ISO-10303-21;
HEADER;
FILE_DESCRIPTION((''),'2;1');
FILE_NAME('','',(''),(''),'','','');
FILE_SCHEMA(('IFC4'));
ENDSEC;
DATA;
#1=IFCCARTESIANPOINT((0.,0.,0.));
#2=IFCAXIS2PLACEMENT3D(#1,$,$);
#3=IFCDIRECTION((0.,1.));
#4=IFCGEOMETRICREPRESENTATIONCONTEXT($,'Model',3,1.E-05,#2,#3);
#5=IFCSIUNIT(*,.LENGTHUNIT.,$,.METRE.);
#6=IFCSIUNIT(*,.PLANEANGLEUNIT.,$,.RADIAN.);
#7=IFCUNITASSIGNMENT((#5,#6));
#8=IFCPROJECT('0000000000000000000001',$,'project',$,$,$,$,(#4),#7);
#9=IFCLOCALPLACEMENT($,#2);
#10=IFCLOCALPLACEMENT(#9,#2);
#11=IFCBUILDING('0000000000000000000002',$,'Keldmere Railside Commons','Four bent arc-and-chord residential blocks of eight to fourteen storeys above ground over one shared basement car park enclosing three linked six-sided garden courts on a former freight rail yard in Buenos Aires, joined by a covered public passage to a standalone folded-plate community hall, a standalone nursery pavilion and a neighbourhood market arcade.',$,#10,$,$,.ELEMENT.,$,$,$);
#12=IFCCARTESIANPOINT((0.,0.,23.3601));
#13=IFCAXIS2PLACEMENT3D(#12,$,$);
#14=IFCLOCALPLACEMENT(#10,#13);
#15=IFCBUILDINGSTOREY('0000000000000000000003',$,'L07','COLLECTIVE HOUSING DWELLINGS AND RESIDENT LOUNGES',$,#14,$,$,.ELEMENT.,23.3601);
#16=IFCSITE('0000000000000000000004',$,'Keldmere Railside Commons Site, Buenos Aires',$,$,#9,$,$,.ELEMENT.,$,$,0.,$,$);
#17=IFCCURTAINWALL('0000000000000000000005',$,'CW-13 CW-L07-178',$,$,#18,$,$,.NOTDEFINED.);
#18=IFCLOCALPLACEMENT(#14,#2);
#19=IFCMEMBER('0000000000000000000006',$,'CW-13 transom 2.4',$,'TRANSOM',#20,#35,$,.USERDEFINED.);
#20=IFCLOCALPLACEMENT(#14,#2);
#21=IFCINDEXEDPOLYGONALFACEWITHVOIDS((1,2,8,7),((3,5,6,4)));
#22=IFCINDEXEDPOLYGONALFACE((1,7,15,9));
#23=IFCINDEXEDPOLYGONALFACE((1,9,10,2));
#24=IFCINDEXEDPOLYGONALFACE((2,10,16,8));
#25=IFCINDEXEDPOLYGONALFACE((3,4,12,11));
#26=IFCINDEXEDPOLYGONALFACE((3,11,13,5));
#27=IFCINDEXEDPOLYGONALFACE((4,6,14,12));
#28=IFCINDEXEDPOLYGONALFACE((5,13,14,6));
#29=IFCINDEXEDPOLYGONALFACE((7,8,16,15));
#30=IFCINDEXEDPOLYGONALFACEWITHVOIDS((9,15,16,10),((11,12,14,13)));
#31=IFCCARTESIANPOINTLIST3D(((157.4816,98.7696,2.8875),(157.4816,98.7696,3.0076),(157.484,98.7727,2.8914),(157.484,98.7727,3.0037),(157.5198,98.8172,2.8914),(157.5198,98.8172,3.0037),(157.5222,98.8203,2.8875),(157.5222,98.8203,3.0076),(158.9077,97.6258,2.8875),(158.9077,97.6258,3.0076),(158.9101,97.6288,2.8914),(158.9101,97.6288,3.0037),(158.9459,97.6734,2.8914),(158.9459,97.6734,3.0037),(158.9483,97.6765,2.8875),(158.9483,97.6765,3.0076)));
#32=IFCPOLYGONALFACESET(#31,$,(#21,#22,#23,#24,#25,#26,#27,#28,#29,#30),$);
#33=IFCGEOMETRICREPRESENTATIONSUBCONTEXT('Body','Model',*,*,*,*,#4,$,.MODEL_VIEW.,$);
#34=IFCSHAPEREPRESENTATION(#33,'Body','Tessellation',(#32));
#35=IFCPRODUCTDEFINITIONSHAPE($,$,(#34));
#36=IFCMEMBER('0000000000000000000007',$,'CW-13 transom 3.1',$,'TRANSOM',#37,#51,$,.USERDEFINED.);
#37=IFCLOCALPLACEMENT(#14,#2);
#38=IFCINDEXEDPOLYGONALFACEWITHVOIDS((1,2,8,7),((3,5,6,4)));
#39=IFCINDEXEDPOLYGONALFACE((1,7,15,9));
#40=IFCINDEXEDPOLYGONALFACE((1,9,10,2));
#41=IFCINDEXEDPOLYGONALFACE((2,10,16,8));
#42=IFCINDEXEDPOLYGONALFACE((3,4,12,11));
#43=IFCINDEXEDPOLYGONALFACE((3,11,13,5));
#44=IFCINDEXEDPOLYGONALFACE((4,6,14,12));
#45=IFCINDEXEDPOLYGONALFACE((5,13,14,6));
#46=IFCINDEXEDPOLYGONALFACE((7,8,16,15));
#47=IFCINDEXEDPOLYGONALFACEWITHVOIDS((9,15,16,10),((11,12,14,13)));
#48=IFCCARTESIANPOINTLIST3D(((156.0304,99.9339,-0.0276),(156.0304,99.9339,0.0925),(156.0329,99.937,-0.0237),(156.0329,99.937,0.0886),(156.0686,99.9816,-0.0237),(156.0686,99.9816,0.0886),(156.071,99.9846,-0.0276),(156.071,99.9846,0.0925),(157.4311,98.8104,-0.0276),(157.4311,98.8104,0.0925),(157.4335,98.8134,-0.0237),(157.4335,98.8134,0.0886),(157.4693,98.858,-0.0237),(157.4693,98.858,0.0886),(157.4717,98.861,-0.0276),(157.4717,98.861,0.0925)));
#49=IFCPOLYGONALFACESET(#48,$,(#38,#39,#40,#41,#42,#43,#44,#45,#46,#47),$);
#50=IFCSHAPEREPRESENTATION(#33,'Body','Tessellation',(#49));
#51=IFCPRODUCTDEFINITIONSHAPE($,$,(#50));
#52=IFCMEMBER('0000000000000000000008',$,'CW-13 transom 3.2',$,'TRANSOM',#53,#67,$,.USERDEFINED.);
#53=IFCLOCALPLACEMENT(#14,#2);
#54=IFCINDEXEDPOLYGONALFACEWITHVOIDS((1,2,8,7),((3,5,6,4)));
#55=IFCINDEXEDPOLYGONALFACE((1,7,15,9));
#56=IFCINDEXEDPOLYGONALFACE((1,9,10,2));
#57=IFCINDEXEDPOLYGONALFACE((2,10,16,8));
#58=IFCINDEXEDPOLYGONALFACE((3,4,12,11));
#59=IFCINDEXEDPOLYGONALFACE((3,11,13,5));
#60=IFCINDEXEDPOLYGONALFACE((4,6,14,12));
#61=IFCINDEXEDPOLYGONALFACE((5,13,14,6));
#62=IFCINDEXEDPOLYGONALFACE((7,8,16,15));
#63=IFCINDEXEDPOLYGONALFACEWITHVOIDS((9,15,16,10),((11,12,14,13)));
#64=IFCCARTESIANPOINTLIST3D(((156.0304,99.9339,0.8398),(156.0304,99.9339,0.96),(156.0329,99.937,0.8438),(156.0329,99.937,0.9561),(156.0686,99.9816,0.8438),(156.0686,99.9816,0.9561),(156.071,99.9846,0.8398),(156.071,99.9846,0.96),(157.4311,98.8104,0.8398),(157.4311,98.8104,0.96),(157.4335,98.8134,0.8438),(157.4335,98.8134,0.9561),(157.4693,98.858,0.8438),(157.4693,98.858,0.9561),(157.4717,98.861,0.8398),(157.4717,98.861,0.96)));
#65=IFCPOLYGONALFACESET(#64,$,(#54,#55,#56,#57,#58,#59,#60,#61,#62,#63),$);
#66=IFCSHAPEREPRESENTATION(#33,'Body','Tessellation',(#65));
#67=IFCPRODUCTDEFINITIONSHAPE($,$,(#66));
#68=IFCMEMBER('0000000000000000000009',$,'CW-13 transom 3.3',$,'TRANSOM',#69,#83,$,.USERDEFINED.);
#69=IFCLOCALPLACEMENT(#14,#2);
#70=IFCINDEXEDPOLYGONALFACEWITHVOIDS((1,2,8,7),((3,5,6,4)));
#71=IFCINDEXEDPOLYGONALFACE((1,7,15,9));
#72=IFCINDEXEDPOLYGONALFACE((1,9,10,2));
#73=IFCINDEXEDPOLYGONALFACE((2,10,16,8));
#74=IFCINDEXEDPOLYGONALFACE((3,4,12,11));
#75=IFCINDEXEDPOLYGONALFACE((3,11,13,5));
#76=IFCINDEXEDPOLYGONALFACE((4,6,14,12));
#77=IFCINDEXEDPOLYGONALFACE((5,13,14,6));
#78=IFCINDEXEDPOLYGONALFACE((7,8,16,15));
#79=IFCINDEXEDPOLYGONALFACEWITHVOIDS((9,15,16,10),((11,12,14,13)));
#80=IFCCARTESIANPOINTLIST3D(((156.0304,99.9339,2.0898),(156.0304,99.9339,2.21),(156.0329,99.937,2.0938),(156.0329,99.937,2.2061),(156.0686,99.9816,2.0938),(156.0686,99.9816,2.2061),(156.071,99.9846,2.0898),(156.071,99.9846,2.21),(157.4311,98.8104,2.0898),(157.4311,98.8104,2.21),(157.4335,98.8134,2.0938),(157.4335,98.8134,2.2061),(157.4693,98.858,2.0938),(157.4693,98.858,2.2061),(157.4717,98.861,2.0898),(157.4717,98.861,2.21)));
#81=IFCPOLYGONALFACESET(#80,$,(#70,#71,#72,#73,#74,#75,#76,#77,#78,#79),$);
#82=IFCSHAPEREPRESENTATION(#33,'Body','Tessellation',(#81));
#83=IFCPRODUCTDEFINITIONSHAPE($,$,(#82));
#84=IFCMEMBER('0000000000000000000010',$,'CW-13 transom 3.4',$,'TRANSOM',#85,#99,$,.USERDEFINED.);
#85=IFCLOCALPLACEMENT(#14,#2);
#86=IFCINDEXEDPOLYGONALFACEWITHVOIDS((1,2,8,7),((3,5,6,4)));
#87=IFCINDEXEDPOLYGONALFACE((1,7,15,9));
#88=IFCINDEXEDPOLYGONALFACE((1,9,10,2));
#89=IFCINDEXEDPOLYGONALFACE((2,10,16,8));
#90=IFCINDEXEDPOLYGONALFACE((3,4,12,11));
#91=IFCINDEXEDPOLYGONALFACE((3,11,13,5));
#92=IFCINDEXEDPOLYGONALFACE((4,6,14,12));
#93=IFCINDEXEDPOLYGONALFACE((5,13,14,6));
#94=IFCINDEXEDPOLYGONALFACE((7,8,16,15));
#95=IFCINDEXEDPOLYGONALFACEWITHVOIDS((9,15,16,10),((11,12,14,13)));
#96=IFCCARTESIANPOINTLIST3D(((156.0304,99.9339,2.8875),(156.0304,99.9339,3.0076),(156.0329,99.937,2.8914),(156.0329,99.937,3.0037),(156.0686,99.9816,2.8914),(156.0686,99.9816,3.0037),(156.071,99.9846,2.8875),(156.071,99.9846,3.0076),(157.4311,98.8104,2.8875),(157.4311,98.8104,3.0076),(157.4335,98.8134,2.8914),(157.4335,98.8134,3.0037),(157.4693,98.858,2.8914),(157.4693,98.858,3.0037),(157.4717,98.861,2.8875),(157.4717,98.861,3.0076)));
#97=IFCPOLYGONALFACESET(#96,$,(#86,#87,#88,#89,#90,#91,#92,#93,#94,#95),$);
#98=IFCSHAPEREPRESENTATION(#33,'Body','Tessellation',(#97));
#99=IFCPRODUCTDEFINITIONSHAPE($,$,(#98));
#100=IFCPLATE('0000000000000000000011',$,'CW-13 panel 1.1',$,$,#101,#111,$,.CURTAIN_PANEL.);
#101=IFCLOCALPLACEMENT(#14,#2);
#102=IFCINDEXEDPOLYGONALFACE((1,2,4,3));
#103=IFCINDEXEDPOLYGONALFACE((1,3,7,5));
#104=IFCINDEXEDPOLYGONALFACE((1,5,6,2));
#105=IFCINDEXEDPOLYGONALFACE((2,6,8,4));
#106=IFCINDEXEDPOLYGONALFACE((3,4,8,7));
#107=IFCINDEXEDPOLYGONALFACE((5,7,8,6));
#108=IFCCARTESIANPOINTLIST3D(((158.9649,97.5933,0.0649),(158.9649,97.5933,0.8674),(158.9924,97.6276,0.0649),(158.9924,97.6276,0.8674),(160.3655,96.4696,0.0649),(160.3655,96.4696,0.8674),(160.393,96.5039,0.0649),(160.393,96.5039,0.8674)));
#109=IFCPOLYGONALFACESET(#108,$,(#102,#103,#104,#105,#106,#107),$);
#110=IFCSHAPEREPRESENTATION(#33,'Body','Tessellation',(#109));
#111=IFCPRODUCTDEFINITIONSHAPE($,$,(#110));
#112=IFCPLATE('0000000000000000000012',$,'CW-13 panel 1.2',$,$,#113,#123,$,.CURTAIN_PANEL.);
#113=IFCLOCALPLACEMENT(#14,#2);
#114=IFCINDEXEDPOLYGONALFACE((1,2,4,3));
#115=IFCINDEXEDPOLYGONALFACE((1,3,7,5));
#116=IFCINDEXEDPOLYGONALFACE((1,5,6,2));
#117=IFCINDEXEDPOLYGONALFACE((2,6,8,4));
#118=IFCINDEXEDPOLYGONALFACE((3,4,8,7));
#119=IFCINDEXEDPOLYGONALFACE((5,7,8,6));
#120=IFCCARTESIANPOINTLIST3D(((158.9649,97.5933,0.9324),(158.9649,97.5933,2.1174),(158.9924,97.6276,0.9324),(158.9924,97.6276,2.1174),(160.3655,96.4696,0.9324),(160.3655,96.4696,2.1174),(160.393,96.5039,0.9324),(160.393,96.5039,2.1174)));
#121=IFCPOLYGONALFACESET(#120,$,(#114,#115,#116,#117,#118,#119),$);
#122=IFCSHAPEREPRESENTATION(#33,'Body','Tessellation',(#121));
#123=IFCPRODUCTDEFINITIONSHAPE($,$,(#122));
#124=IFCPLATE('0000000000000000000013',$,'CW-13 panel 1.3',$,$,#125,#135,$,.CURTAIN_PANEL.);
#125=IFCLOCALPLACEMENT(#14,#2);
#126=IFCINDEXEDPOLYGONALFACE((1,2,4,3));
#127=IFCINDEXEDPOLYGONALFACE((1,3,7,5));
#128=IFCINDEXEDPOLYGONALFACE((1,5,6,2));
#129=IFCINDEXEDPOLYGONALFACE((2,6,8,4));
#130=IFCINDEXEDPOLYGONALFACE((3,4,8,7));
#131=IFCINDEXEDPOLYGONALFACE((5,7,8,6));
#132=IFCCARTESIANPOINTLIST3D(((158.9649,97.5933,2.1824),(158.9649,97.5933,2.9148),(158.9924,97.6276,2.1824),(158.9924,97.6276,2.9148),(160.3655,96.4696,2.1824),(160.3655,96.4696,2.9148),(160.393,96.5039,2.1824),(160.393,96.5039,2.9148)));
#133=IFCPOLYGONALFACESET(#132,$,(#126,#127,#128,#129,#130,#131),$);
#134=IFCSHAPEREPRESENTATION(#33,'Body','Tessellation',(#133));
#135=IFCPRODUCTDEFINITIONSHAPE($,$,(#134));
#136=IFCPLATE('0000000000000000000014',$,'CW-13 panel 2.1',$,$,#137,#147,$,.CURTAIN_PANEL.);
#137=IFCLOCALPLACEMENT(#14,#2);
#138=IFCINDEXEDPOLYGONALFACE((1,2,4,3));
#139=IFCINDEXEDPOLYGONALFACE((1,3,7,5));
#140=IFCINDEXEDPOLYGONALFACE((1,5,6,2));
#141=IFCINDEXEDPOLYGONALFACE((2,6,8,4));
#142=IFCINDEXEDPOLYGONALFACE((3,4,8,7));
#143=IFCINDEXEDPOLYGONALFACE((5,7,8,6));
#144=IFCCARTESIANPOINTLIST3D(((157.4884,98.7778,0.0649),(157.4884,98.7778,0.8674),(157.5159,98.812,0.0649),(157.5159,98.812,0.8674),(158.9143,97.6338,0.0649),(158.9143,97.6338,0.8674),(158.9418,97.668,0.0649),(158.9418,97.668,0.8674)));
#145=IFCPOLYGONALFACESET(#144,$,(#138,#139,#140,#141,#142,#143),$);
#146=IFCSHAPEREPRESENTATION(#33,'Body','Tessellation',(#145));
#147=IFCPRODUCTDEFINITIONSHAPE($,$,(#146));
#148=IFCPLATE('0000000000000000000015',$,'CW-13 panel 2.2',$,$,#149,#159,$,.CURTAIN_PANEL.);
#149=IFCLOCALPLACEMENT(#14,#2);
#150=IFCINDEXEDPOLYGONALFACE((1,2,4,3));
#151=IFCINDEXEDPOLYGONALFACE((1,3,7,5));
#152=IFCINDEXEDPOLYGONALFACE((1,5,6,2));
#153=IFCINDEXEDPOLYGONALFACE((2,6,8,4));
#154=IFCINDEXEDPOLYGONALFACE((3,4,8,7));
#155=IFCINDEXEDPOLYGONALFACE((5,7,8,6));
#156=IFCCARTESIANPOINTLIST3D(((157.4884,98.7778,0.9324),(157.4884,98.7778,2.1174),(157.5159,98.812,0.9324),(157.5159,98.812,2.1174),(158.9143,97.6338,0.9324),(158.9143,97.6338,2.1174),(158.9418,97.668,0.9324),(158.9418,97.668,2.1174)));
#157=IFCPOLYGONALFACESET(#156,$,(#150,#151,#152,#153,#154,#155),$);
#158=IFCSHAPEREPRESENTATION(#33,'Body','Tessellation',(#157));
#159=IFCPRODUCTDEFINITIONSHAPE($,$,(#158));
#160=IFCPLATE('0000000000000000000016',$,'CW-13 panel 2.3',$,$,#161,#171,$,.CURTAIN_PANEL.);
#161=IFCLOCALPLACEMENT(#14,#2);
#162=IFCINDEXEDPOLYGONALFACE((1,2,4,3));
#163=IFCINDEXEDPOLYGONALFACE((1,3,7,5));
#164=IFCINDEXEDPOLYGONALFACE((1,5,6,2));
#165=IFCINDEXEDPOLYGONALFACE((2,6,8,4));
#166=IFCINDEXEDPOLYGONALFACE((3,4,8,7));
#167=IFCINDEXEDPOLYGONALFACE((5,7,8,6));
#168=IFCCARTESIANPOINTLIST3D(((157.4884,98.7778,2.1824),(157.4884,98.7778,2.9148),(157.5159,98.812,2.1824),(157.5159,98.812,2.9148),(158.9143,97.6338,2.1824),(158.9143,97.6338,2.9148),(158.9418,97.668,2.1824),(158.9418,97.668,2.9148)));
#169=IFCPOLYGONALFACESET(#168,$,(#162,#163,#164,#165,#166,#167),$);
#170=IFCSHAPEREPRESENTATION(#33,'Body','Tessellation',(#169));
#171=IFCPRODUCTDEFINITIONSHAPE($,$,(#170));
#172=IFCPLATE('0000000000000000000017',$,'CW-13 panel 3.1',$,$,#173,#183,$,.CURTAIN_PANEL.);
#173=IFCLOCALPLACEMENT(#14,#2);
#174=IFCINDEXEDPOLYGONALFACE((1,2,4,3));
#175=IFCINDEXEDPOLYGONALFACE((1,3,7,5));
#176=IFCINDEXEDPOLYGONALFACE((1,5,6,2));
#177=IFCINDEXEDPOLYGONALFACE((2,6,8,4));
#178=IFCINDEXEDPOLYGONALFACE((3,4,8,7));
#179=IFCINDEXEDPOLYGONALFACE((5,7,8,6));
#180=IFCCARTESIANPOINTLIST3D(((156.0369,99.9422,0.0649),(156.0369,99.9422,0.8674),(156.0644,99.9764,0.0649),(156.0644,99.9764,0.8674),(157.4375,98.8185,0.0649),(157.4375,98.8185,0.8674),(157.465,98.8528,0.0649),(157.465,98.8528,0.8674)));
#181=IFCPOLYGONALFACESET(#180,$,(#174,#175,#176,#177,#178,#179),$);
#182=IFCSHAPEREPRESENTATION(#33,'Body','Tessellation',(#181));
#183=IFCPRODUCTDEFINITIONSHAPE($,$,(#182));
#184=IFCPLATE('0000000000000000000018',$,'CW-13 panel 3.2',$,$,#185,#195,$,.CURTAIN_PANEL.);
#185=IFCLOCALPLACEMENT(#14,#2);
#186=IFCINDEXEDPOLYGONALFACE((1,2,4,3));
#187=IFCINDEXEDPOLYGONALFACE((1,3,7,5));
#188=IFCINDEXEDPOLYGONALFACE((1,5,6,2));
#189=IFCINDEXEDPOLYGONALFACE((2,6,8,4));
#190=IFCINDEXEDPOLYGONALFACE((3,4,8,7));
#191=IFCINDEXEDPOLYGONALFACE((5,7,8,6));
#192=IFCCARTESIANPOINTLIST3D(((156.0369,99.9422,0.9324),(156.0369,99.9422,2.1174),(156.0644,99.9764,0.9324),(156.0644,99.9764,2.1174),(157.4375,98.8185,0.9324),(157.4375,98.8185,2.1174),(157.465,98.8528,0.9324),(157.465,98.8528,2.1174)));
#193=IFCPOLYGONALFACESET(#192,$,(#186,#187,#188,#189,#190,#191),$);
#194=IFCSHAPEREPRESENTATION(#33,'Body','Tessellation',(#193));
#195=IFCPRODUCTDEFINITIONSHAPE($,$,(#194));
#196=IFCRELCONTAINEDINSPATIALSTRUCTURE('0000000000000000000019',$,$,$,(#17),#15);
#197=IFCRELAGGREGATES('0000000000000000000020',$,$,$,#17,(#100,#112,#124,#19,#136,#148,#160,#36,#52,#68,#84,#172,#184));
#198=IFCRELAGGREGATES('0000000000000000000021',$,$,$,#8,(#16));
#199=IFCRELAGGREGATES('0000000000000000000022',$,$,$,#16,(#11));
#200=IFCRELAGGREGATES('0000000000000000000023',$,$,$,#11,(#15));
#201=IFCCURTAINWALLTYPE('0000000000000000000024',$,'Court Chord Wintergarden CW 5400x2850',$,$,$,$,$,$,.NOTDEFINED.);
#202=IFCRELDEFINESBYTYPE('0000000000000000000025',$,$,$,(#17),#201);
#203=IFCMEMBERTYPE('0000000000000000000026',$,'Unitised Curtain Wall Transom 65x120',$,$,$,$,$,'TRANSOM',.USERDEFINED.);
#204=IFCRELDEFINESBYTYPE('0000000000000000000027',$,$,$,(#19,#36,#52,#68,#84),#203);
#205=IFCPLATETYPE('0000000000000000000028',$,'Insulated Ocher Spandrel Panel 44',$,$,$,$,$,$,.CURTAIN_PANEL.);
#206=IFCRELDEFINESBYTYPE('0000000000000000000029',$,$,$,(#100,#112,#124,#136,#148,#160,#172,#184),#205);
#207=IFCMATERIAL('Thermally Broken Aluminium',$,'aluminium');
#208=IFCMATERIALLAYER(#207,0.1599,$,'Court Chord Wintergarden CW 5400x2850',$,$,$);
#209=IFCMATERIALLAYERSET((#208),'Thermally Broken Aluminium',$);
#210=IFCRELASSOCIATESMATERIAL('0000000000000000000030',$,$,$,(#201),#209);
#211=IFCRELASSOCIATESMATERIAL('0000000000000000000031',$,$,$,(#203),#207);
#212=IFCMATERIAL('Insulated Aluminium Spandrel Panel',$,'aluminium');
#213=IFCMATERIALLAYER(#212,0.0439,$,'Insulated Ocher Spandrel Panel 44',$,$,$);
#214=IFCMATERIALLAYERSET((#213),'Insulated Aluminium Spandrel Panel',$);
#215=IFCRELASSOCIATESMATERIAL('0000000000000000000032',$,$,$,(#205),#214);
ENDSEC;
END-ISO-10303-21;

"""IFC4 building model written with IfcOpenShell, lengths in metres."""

from ifc_helpers import new_model, si_unit, direction, frame, origin, origin_2d, place, context, subcontext, project, spatial, rectangle, hollow_rectangle, extrude, material, layer, layer_set, material_profile, profile_set, type_object, element, aggregate, save


model = new_model("IFC4")

# Units and contexts
model_context = context("Model", 3, precision=1e-05, world=origin(), true_north=direction((0.0, 1.0)))
body_context = subcontext(model_context, "Body", "Model", "MODEL_VIEW")
ifc_project = project(units=[si_unit("LENGTHUNIT", "METRE"), si_unit("PLANEANGLEUNIT", "RADIAN")], contexts=[model_context])

# Site, building, storey
site_placement = place(None, origin())
site = spatial("IfcSite", under=ifc_project, at=site_placement, Name="Keldmere Railside Commons Site, Buenos Aires", CompositionType="ELEMENT", RefElevation=0.0)
building_placement = place(site_placement, origin())
building = spatial("IfcBuilding", under=site, at=building_placement, Name="Keldmere Railside Commons", Description="Four bent arc-and-chord residential blocks of eight to fourteen storeys above ground over one shared basement car park enclosing three linked six-sided garden courts on a former freight rail yard in Buenos Aires, joined by a covered public passage to a standalone folded-plate community hall, a standalone nursery pavilion and a neighbourhood market arcade.", CompositionType="ELEMENT")
storey_placement = place(building_placement, frame((0.0, 0.0, 23.3601)))
storey = spatial("IfcBuildingStorey", under=building, at=storey_placement, Name="L07", Description="COLLECTIVE HOUSING DWELLINGS AND RESIDENT LOUNGES", CompositionType="ELEMENT", Elevation=23.3601)

# Curtain wall, members, plates
ifc_material_1 = material(Name="Thermally Broken Aluminium", Category="aluminium")
ifc_layer_1 = layer(ifc_material_1, 0.1599, Name="Court Chord Wintergarden CW 5400x2850")
ifc_layer_set_1 = layer_set([ifc_layer_1], Name="Thermally Broken Aluminium")
curtain_wall_type = type_object("IfcCurtainWallType", Name="Court Chord Wintergarden CW 5400x2850", PredefinedType="NOTDEFINED", material=ifc_layer_set_1)
curtain_wall_placement = place(storey_placement, origin())
curtain_wall = element("IfcCurtainWall", 1, at=curtain_wall_placement, inside=storey, type_object=curtain_wall_type, Name="CW-13 CW-L07-178", PredefinedType="NOTDEFINED")
ifc_material_profile_1 = material_profile(ifc_material_1, hollow_rectangle(XDim=0.0649, YDim=0.1201, WallThickness=0.0039, at=origin_2d()), Name="ALU-TRAN-65x120")
ifc_profile_set_1 = profile_set([ifc_material_profile_1], Name="Thermally Broken Aluminium")
member_type_1 = type_object("IfcMemberType", Name="Unitised Curtain Wall Transom 65x120", ElementType="TRANSOM", PredefinedType="USERDEFINED", material=ifc_profile_set_1)
member_1_placement = place(storey_placement, frame((158.928, 97.6511, 2.9475), z_axis=(-0.780073, 0.625688, 0.0), x_axis=(-0.625688, -0.780073, 0.0)))
member_1 = element("IfcMember", 2, at=member_1_placement, type_object=member_type_1, Name="CW-13 transom 2.4", ObjectType="TRANSOM", PredefinedType="USERDEFINED", context=body_context, shape_type="SweptSolid", body=[
    extrude(hollow_rectangle(XDim=0.0649, YDim=0.1201, WallThickness=0.0039, at=origin_2d()), origin(), (0.0, 0.0, 1.0), 1.8281),
])
member_2_placement = place(storey_placement, frame((157.4514, 98.8357, 0.0325), z_axis=(-0.780046, 0.625723, 0.0), x_axis=(-0.625723, -0.780046, 0.0)))
member_2 = element("IfcMember", 3, at=member_2_placement, type_object=member_type_1, Name="CW-13 transom 3.1", ObjectType="TRANSOM", PredefinedType="USERDEFINED", context=body_context, shape_type="SweptSolid", body=[
    extrude(hollow_rectangle(XDim=0.0649, YDim=0.1201, WallThickness=0.0039, at=origin_2d()), origin(), (0.0, 0.0, 1.0), 1.7957),
])
member_3_placement = place(storey_placement, frame((157.4514, 98.8357, 0.8999), z_axis=(-0.780046, 0.625723, 0.0), x_axis=(-0.625723, -0.780046, 0.0)))
member_3 = element("IfcMember", 4, at=member_3_placement, type_object=member_type_1, Name="CW-13 transom 3.2", ObjectType="TRANSOM", PredefinedType="USERDEFINED", context=body_context, shape_type="SweptSolid", body=[
    extrude(hollow_rectangle(XDim=0.0649, YDim=0.1201, WallThickness=0.0039, at=origin_2d()), origin(), (0.0, 0.0, 1.0), 1.7957),
])
member_4_placement = place(storey_placement, frame((157.4514, 98.8357, 2.1499), z_axis=(-0.780046, 0.625723, 0.0), x_axis=(-0.625723, -0.780046, 0.0)))
member_4 = element("IfcMember", 5, at=member_4_placement, type_object=member_type_1, Name="CW-13 transom 3.3", ObjectType="TRANSOM", PredefinedType="USERDEFINED", context=body_context, shape_type="SweptSolid", body=[
    extrude(hollow_rectangle(XDim=0.0649, YDim=0.1201, WallThickness=0.0039, at=origin_2d()), origin(), (0.0, 0.0, 1.0), 1.7957),
])
member_5_placement = place(storey_placement, frame((157.4514, 98.8357, 2.9475), z_axis=(-0.780046, 0.625723, 0.0), x_axis=(-0.625723, -0.780046, 0.0)))
member_5 = element("IfcMember", 6, at=member_5_placement, type_object=member_type_1, Name="CW-13 transom 3.4", ObjectType="TRANSOM", PredefinedType="USERDEFINED", context=body_context, shape_type="SweptSolid", body=[
    extrude(hollow_rectangle(XDim=0.0649, YDim=0.1201, WallThickness=0.0039, at=origin_2d()), origin(), (0.0, 0.0, 1.0), 1.7957),
])
ifc_material_2 = material(Name="Insulated Aluminium Spandrel Panel", Category="aluminium")
ifc_layer_2 = layer(ifc_material_2, 0.0439, Name="Insulated Ocher Spandrel Panel 44")
ifc_layer_set_2 = layer_set([ifc_layer_2], Name="Insulated Aluminium Spandrel Panel")
plate_type = type_object("IfcPlateType", Name="Insulated Ocher Spandrel Panel 44", PredefinedType="CURTAIN_PANEL", material=ifc_layer_set_2)
plate_1_placement = place(storey_placement, frame((159.679, 97.0486, 0.0649), z_axis=(0.0, 0.0, 1.0), x_axis=(-0.780009, 0.625768, 0.0)))
plate_1 = element("IfcPlate", 7, at=plate_1_placement, type_object=plate_type, Name="CW-13 panel 1.1", PredefinedType="CURTAIN_PANEL", context=body_context, shape_type="SweptSolid", body=[
    extrude(rectangle(XDim=1.7957, YDim=0.0439, at=origin_2d()), origin(), (0.0, 0.0, 1.0), 0.8025),
])
plate_2_placement = place(storey_placement, frame((159.679, 97.0486, 0.9324), z_axis=(0.0, 0.0, 1.0), x_axis=(-0.780009, 0.625768, 0.0)))
plate_2 = element("IfcPlate", 8, at=plate_2_placement, type_object=plate_type, Name="CW-13 panel 1.2", PredefinedType="CURTAIN_PANEL", context=body_context, shape_type="SweptSolid", body=[
    extrude(rectangle(XDim=1.7957, YDim=0.0439, at=origin_2d()), origin(), (0.0, 0.0, 1.0), 1.1851),
])
plate_3_placement = place(storey_placement, frame((159.679, 97.0486, 2.1824), z_axis=(0.0, 0.0, 1.0), x_axis=(-0.780009, 0.625768, 0.0)))
plate_3 = element("IfcPlate", 9, at=plate_3_placement, type_object=plate_type, Name="CW-13 panel 1.3", PredefinedType="CURTAIN_PANEL", context=body_context, shape_type="SweptSolid", body=[
    extrude(rectangle(XDim=1.7957, YDim=0.0439, at=origin_2d()), origin(), (0.0, 0.0, 1.0), 0.7324),
])
plate_4_placement = place(storey_placement, frame((158.2151, 98.2229, 0.0649), z_axis=(0.0, 0.0, 1.0), x_axis=(-0.780009, 0.625768, 0.0)))
plate_4 = element("IfcPlate", 10, at=plate_4_placement, type_object=plate_type, Name="CW-13 panel 2.1", PredefinedType="CURTAIN_PANEL", context=body_context, shape_type="SweptSolid", body=[
    extrude(rectangle(XDim=1.8281, YDim=0.0439, at=origin_2d()), origin(), (0.0, 0.0, 1.0), 0.8025),
])
plate_5_placement = place(storey_placement, frame((158.2151, 98.2229, 0.9324), z_axis=(0.0, 0.0, 1.0), x_axis=(-0.780009, 0.625768, 0.0)))
plate_5 = element("IfcPlate", 11, at=plate_5_placement, type_object=plate_type, Name="CW-13 panel 2.2", PredefinedType="CURTAIN_PANEL", context=body_context, shape_type="SweptSolid", body=[
    extrude(rectangle(XDim=1.8281, YDim=0.0439, at=origin_2d()), origin(), (0.0, 0.0, 1.0), 1.1851),
])
plate_6_placement = place(storey_placement, frame((158.2151, 98.2229, 2.1824), z_axis=(0.0, 0.0, 1.0), x_axis=(-0.780009, 0.625768, 0.0)))
plate_6 = element("IfcPlate", 12, at=plate_6_placement, type_object=plate_type, Name="CW-13 panel 2.3", PredefinedType="CURTAIN_PANEL", context=body_context, shape_type="SweptSolid", body=[
    extrude(rectangle(XDim=1.8281, YDim=0.0439, at=origin_2d()), origin(), (0.0, 0.0, 1.0), 0.7324),
])
plate_7_placement = place(storey_placement, frame((156.751, 99.3975, 0.0649), z_axis=(0.0, 0.0, 1.0), x_axis=(-0.780009, 0.625768, 0.0)))
plate_7 = element("IfcPlate", 13, at=plate_7_placement, type_object=plate_type, Name="CW-13 panel 3.1", PredefinedType="CURTAIN_PANEL", context=body_context, shape_type="SweptSolid", body=[
    extrude(rectangle(XDim=1.7957, YDim=0.0439, at=origin_2d()), origin(), (0.0, 0.0, 1.0), 0.8025),
])
plate_8_placement = place(storey_placement, frame((156.751, 99.3975, 0.9324), z_axis=(0.0, 0.0, 1.0), x_axis=(-0.780009, 0.625768, 0.0)))
plate_8 = element("IfcPlate", 14, at=plate_8_placement, type_object=plate_type, Name="CW-13 panel 3.2", PredefinedType="CURTAIN_PANEL", context=body_context, shape_type="SweptSolid", body=[
    extrude(rectangle(XDim=1.7957, YDim=0.0439, at=origin_2d()), origin(), (0.0, 0.0, 1.0), 1.1851),
])
aggregate(curtain_wall, [plate_1, plate_2, plate_3, member_1, plate_4, plate_5, plate_6, member_2, member_3, member_4, member_5, plate_7, plate_8])

save(model, "model.ifc")
